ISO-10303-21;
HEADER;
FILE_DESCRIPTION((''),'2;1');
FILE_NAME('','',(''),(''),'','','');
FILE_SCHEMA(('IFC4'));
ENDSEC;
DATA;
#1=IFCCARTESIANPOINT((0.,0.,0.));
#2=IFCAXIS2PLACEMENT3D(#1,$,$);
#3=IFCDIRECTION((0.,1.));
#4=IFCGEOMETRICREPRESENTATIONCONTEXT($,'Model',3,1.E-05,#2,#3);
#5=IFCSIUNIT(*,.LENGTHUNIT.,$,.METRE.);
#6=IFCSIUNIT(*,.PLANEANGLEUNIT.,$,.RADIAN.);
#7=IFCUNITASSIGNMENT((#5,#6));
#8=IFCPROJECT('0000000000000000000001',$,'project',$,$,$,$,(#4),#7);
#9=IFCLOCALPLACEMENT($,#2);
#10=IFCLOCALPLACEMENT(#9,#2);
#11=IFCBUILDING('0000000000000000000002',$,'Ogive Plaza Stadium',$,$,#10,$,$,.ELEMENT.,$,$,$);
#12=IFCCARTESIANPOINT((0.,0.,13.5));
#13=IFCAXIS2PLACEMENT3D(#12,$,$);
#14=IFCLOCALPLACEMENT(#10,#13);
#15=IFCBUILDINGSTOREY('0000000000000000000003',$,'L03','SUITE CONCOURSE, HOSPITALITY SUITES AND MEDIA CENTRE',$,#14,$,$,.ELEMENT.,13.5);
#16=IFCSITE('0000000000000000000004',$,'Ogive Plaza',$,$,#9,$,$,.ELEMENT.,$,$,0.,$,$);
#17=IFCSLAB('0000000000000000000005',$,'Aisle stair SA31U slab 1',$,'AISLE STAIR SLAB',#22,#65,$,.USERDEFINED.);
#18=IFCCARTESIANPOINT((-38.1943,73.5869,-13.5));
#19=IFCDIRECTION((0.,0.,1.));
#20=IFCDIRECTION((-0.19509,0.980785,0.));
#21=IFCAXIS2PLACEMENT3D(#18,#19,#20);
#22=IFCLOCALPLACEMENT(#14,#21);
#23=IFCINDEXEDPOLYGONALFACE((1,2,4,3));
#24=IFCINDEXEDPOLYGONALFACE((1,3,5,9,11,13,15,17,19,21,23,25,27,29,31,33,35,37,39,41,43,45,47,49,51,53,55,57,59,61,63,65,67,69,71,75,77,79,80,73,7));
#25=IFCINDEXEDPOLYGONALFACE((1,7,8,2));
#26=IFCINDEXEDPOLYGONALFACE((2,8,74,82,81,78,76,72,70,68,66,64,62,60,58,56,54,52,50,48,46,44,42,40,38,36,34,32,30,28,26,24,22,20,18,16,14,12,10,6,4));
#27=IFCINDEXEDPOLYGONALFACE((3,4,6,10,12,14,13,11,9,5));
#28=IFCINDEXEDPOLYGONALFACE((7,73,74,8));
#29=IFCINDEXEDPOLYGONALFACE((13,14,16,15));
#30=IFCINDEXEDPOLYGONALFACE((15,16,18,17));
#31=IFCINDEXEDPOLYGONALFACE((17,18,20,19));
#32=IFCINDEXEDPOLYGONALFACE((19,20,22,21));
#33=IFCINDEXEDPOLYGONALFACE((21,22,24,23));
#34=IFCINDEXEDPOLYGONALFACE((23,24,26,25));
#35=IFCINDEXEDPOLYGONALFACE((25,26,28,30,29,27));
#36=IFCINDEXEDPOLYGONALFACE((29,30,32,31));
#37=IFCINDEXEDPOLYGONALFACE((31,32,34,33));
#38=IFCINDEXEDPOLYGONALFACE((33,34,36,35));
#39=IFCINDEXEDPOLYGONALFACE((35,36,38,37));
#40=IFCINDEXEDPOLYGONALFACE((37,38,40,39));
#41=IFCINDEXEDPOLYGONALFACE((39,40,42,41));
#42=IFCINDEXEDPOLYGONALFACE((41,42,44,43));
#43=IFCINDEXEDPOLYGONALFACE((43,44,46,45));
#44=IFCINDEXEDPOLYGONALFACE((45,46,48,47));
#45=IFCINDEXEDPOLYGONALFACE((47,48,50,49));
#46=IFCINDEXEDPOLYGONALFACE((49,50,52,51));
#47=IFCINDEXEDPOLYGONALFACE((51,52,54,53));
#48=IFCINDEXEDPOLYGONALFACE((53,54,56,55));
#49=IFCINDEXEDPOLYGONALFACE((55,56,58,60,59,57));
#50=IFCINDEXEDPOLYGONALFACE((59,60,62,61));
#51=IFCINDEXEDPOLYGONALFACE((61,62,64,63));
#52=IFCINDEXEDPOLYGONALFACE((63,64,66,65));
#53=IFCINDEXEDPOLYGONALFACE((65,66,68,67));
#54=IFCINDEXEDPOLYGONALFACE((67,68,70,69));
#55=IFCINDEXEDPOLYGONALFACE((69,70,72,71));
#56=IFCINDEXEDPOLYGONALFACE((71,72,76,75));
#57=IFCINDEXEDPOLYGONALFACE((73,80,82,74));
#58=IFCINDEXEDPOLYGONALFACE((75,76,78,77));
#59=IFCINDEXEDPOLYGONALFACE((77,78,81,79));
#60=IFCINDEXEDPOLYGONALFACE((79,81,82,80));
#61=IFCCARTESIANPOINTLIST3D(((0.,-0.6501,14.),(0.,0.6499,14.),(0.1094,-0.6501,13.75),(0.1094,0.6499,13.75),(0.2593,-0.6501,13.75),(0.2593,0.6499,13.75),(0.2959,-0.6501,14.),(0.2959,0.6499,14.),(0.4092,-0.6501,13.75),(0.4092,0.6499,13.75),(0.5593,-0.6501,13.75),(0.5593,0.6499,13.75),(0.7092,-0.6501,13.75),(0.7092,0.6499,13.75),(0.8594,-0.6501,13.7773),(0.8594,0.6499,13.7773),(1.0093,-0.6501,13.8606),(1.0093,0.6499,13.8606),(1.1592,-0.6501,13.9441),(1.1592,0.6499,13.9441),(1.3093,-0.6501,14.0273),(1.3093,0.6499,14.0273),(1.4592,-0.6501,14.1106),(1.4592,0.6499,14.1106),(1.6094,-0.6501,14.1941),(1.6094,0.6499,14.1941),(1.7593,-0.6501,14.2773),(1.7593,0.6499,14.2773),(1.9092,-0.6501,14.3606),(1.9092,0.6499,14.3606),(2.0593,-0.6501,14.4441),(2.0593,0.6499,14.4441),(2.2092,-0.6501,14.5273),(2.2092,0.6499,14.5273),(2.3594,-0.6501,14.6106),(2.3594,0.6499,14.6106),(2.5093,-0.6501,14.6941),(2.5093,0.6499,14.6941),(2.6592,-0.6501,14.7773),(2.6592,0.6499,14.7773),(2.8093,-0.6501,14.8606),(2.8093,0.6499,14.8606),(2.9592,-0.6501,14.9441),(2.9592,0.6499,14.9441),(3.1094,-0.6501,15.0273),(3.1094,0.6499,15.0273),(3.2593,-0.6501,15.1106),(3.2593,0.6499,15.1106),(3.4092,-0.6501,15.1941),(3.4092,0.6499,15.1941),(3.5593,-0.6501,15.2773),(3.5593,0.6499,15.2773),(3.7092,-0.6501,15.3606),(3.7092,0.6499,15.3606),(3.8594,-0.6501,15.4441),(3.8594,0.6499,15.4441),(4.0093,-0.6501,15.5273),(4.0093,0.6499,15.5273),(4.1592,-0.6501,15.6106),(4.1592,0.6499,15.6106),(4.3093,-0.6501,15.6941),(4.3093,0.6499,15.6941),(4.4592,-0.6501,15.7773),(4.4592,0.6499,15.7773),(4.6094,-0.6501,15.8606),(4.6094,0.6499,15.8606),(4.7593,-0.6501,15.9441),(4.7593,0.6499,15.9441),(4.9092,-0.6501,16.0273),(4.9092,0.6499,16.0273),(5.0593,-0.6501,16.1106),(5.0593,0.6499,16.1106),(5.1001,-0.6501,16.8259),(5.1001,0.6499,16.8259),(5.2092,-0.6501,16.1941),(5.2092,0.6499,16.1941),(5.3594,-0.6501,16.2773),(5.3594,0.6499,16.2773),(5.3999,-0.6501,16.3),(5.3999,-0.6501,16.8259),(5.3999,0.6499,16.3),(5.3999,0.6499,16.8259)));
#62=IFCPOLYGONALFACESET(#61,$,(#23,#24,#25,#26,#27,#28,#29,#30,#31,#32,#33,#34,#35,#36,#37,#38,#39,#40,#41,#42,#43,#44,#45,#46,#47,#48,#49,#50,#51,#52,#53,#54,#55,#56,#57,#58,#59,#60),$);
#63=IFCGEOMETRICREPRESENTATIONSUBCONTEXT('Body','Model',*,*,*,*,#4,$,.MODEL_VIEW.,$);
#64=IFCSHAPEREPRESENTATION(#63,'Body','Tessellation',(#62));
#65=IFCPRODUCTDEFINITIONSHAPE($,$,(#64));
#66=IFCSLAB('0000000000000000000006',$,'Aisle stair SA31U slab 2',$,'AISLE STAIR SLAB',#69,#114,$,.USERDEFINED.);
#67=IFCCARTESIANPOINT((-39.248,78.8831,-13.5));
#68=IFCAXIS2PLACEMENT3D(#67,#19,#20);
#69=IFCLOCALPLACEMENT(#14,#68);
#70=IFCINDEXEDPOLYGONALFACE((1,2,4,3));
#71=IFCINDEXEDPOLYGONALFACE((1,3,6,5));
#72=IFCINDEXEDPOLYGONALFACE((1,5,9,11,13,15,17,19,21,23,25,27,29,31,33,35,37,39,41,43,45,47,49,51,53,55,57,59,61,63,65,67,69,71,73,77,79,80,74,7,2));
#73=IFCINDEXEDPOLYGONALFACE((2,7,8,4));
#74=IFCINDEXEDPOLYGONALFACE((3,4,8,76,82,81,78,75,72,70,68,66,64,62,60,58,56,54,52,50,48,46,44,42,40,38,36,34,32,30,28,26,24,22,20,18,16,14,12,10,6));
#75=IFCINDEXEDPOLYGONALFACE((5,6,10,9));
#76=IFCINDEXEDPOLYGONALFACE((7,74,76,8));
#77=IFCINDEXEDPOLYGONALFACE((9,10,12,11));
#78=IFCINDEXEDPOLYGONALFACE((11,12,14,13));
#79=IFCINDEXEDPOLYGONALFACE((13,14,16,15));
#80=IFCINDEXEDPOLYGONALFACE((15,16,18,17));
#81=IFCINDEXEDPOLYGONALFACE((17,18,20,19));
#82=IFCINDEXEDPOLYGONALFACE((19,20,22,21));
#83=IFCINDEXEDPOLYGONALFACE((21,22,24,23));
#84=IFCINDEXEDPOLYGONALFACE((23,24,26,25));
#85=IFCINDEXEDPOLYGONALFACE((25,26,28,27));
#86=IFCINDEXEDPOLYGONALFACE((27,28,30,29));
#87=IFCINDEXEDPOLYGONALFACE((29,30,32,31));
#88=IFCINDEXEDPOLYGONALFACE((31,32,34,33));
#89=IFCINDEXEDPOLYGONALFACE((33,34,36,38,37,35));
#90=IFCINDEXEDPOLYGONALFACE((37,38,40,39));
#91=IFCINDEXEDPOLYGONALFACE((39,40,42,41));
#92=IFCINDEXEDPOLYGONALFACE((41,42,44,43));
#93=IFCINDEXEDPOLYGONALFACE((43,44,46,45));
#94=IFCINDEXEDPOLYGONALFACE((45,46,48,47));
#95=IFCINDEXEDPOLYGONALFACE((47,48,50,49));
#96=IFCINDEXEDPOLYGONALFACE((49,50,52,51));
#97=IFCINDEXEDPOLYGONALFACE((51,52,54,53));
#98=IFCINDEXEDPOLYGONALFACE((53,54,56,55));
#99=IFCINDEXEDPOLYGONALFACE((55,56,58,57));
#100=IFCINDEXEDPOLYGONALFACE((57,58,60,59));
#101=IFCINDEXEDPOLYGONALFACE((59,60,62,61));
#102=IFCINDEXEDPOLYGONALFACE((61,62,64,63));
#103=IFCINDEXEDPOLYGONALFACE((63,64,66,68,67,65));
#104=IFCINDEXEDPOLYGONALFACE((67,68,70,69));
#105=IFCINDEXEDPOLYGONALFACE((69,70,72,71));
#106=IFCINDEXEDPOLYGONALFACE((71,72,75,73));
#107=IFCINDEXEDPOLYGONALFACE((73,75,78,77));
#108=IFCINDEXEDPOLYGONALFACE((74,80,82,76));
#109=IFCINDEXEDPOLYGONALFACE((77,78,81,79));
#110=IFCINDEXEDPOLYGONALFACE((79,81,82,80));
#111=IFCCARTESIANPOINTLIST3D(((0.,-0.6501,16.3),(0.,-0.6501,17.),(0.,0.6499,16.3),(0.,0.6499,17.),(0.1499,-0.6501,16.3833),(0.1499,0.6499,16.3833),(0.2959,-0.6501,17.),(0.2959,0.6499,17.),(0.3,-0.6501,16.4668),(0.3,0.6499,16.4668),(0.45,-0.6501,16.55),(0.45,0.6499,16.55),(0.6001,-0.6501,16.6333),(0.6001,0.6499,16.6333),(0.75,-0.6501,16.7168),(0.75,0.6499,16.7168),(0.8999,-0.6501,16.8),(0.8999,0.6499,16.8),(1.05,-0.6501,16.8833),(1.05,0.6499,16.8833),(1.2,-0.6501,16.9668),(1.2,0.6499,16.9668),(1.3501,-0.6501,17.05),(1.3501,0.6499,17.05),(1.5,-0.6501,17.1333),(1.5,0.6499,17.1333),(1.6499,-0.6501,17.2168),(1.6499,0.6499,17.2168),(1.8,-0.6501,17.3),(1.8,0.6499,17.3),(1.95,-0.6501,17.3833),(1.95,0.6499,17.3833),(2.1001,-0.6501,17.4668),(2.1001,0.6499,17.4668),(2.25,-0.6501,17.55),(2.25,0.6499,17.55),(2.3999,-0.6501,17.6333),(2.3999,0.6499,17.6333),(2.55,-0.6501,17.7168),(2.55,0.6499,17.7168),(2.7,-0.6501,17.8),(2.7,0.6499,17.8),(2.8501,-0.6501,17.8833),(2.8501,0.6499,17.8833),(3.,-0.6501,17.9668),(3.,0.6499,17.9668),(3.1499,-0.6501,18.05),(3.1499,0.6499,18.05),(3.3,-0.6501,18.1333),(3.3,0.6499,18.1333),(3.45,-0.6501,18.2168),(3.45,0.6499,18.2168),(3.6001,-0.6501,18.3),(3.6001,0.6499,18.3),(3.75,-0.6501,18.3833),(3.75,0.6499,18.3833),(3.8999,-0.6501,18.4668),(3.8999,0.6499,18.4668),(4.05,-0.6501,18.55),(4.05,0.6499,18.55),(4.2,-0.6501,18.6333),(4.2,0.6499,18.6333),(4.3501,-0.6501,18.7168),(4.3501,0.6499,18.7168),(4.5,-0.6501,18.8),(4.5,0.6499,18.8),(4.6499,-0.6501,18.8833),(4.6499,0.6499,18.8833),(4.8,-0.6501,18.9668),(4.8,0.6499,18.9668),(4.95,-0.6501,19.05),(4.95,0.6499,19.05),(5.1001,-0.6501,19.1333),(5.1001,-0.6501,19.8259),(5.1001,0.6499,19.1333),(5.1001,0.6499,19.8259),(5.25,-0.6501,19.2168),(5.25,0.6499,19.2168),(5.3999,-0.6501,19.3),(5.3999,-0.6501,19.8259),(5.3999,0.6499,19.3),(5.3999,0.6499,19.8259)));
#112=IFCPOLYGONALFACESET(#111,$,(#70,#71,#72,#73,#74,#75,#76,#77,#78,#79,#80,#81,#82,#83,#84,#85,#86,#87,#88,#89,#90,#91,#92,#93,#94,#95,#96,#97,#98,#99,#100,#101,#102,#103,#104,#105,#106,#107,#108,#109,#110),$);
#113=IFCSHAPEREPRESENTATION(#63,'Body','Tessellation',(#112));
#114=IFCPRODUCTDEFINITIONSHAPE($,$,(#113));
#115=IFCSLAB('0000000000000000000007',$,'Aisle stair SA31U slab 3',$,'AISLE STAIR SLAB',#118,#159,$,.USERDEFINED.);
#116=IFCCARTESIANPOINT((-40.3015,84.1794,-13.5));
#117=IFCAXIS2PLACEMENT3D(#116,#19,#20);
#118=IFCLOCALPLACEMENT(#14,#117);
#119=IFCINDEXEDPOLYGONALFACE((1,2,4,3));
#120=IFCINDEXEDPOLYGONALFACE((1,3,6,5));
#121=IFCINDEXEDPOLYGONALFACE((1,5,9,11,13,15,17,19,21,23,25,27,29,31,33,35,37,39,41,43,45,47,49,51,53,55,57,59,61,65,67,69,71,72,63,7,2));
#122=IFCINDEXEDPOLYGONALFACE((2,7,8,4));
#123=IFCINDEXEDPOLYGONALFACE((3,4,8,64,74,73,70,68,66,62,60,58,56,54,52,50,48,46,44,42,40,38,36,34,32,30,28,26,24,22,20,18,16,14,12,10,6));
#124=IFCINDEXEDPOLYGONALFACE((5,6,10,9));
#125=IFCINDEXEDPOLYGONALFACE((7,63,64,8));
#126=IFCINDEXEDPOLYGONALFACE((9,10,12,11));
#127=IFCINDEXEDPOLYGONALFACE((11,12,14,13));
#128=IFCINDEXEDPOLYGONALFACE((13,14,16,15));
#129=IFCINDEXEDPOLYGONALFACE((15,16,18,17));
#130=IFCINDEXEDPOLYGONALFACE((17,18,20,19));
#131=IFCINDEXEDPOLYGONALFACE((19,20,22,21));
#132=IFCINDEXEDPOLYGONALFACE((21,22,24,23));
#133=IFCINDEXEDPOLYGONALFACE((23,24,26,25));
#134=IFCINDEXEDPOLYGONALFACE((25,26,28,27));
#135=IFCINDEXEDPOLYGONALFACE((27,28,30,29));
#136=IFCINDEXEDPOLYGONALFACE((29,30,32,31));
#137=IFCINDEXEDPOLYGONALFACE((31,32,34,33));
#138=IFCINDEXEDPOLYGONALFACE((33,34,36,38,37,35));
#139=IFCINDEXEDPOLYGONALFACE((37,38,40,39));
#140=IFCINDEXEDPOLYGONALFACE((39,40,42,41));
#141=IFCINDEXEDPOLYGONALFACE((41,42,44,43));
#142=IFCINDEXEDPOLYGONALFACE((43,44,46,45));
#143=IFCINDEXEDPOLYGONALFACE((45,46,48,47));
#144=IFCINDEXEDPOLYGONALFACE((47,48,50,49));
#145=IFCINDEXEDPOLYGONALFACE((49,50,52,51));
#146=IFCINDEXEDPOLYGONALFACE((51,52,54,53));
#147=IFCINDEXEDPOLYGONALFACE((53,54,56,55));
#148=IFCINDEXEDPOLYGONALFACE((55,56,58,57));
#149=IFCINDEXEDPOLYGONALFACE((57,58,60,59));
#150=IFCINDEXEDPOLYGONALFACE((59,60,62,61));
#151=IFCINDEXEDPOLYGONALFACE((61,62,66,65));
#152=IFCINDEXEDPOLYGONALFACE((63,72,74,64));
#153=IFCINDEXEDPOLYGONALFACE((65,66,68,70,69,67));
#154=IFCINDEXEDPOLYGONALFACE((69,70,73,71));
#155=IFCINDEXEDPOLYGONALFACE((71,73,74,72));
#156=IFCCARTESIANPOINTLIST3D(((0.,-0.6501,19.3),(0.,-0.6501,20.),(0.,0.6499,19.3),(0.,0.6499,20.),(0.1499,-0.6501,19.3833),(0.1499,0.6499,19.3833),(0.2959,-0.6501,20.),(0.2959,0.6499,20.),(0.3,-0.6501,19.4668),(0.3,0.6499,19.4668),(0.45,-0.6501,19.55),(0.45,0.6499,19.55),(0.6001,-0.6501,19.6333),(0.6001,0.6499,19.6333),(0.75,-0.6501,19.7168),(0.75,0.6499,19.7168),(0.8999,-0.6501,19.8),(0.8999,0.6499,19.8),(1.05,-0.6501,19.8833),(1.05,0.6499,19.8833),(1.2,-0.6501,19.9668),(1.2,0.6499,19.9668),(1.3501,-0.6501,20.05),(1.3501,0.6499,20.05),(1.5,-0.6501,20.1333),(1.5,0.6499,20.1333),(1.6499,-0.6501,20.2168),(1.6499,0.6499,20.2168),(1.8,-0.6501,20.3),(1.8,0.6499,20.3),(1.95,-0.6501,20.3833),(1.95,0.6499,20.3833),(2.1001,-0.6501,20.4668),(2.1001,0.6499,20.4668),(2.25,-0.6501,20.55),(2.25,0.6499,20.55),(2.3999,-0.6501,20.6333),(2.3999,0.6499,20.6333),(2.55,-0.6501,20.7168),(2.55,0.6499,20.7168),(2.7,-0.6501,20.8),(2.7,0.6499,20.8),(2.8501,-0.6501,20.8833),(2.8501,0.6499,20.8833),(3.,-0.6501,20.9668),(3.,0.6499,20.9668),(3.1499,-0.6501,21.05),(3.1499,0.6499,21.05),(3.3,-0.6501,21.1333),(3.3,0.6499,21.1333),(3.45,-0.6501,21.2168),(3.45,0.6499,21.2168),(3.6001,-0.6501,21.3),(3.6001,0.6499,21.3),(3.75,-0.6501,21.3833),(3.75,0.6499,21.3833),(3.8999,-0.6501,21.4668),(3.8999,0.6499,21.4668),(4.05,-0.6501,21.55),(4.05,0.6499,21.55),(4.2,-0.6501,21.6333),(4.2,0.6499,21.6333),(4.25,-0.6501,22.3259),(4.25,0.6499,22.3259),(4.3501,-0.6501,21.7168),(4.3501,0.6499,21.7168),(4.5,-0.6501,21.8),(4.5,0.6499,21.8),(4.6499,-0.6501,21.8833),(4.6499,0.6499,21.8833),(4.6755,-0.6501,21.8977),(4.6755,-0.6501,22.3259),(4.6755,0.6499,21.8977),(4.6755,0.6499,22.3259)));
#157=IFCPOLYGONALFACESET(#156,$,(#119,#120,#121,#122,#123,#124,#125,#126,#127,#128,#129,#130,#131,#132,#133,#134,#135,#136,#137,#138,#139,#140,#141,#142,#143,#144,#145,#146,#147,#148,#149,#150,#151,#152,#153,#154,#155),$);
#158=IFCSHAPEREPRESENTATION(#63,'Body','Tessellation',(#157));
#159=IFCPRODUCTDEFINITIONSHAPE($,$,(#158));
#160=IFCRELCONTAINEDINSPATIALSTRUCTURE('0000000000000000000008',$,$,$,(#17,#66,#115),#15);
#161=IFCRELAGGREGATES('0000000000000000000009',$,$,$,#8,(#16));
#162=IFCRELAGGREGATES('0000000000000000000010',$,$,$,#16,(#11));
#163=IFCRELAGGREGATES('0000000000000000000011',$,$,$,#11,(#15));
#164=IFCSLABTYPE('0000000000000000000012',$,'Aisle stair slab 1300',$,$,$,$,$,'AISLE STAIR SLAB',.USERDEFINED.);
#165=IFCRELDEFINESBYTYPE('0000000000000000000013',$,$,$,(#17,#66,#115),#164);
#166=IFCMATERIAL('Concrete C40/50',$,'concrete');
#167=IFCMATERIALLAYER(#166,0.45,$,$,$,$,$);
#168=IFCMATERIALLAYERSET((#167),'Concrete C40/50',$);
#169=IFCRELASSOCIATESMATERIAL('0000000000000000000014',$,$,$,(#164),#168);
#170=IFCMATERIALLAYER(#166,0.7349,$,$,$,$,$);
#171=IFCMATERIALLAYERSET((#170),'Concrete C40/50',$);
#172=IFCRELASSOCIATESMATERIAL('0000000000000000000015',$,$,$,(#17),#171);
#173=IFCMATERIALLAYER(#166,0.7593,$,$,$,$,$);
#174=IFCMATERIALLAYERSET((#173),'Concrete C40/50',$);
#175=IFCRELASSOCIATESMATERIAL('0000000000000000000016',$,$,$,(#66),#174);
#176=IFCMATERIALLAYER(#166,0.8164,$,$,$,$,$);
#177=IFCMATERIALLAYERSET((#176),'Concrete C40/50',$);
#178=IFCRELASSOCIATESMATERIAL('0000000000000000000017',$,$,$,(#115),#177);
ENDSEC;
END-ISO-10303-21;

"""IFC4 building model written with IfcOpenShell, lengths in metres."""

from ifc_helpers import new_model, si_unit, direction, frame, origin, place, context, subcontext, project, spatial, polyline, outline, extrude, material, layer, layer_set, type_object, element, save


model = new_model("IFC4")

# Units and contexts
model_context = context("Model", 3, precision=1e-05, world=origin(), true_north=direction((0.0, 1.0)))
body_context = subcontext(model_context, "Body", "Model", "MODEL_VIEW")
ifc_project = project(units=[si_unit("LENGTHUNIT", "METRE"), si_unit("PLANEANGLEUNIT", "RADIAN")], contexts=[model_context])

# Site, building, storey
site_placement = place(None, origin())
site = spatial("IfcSite", under=ifc_project, at=site_placement, Name="Ogive Plaza", CompositionType="ELEMENT", RefElevation=0.0)
building_placement = place(site_placement, origin())
building = spatial("IfcBuilding", under=site, at=building_placement, Name="Ogive Plaza Stadium", CompositionType="ELEMENT")
storey_placement = place(building_placement, frame((0.0, 0.0, 13.5)))
storey = spatial("IfcBuildingStorey", under=building, at=storey_placement, Name="L03", Description="SUITE CONCOURSE, HOSPITALITY SUITES AND MEDIA CENTRE", CompositionType="ELEMENT", Elevation=13.5)

# Slabs
ifc_material_1 = material(Name="Concrete C40/50", Category="concrete")
ifc_layer_1 = layer(ifc_material_1, 0.7349)
ifc_layer_set_1 = layer_set([ifc_layer_1], Name="Concrete C40/50")
ifc_layer_2 = layer(ifc_material_1, 0.45)
ifc_layer_set_2 = layer_set([ifc_layer_2], Name="Concrete C40/50")
slab_type = type_object("IfcSlabType", Name="Aisle stair slab 1300", ElementType="AISLE STAIR SLAB", PredefinedType="USERDEFINED", material=ifc_layer_set_2)
slab_1_placement = place(storey_placement, frame((-38.1943, 73.5869, -13.5), z_axis=(0.0, 0.0, 1.0), x_axis=(-0.19509, 0.980785, 0.0)))
element("IfcSlab", 1, at=slab_1_placement, inside=storey, type_object=slab_type, material=ifc_layer_set_1, Name="Aisle stair SA31U slab 1", ObjectType="AISLE STAIR SLAB", PredefinedType="USERDEFINED", context=body_context, shape_type="SweptSolid", body=[
    extrude(outline(polyline([(0.0, 14.0), (0.2959, 14.0), (5.1001, 16.8259), (5.3999, 16.8259), (5.3999, 16.3), (5.3594, 16.2773), (5.2092, 16.1941), (5.0593, 16.1106), (4.9092, 16.0273), (4.7593, 15.9441), (4.6094, 15.8606), (4.4592, 15.7773), (4.3093, 15.6941), (4.1592, 15.6106), (4.0093, 15.5273), (3.8594, 15.4441), (3.7092, 15.3606), (3.5593, 15.2773), (3.4092, 15.1941), (3.2593, 15.1106), (3.1094, 15.0273), (2.9592, 14.9441), (2.8093, 14.8606), (2.6592, 14.7773), (2.5093, 14.6941), (2.3594, 14.6106), (2.2092, 14.5273), (2.0593, 14.4441), (1.9092, 14.3606), (1.7593, 14.2773), (1.6094, 14.1941), (1.4592, 14.1106), (1.3093, 14.0273), (1.1592, 13.9441), (1.0093, 13.8606), (0.8594, 13.7773), (0.7092, 13.75), (0.5593, 13.75), (0.4092, 13.75), (0.2593, 13.75), (0.1094, 13.75), (0.0, 14.0)])), frame((0.0, 0.6499, 0.0), z_axis=(0.0, -1.0, 0.0), x_axis=(1.0, 0.0, 0.0)), (0.0, 0.0, 1.0), 1.3),
])
ifc_layer_3 = layer(ifc_material_1, 0.7593)
ifc_layer_set_3 = layer_set([ifc_layer_3], Name="Concrete C40/50")
slab_2_placement = place(storey_placement, frame((-39.248, 78.8831, -13.5), z_axis=(0.0, 0.0, 1.0), x_axis=(-0.19509, 0.980785, 0.0)))
element("IfcSlab", 2, at=slab_2_placement, inside=storey, type_object=slab_type, material=ifc_layer_set_3, Name="Aisle stair SA31U slab 2", ObjectType="AISLE STAIR SLAB", PredefinedType="USERDEFINED", context=body_context, shape_type="SweptSolid", body=[
    extrude(outline(polyline([(0.0, 17.0), (0.2959, 17.0), (5.1001, 19.8259), (5.3999, 19.8259), (5.3999, 19.3), (5.25, 19.2168), (5.1001, 19.1333), (4.95, 19.05), (4.8, 18.9668), (4.6499, 18.8833), (4.5, 18.8), (4.3501, 18.7168), (4.2, 18.6333), (4.05, 18.55), (3.8999, 18.4668), (3.75, 18.3833), (3.6001, 18.3), (3.45, 18.2168), (3.3, 18.1333), (3.1499, 18.05), (3.0, 17.9668), (2.8501, 17.8833), (2.7, 17.8), (2.55, 17.7168), (2.3999, 17.6333), (2.25, 17.55), (2.1001, 17.4668), (1.95, 17.3833), (1.8, 17.3), (1.6499, 17.2168), (1.5, 17.1333), (1.3501, 17.05), (1.2, 16.9668), (1.05, 16.8833), (0.8999, 16.8), (0.75, 16.7168), (0.6001, 16.6333), (0.45, 16.55), (0.3, 16.4668), (0.1499, 16.3833), (0.0, 16.3), (0.0, 17.0)])), frame((0.0, 0.6499, 0.0), z_axis=(0.0, -1.0, 0.0), x_axis=(1.0, 0.0, 0.0)), (0.0, 0.0, 1.0), 1.3),
])
ifc_layer_4 = layer(ifc_material_1, 0.8164)
ifc_layer_set_4 = layer_set([ifc_layer_4], Name="Concrete C40/50")
slab_3_placement = place(storey_placement, frame((-40.3015, 84.1794, -13.5), z_axis=(0.0, 0.0, 1.0), x_axis=(-0.19509, 0.980785, 0.0)))
element("IfcSlab", 3, at=slab_3_placement, inside=storey, type_object=slab_type, material=ifc_layer_set_4, Name="Aisle stair SA31U slab 3", ObjectType="AISLE STAIR SLAB", PredefinedType="USERDEFINED", context=body_context, shape_type="SweptSolid", body=[
    extrude(outline(polyline([(0.0, 20.0), (0.2959, 20.0), (4.25, 22.3259), (4.6755, 22.3259), (4.6755, 21.8977), (4.6499, 21.8833), (4.5, 21.8), (4.3501, 21.7168), (4.2, 21.6333), (4.05, 21.55), (3.8999, 21.4668), (3.75, 21.3833), (3.6001, 21.3), (3.45, 21.2168), (3.3, 21.1333), (3.1499, 21.05), (3.0, 20.9668), (2.8501, 20.8833), (2.7, 20.8), (2.55, 20.7168), (2.3999, 20.6333), (2.25, 20.55), (2.1001, 20.4668), (1.95, 20.3833), (1.8, 20.3), (1.6499, 20.2168), (1.5, 20.1333), (1.3501, 20.05), (1.2, 19.9668), (1.05, 19.8833), (0.8999, 19.8), (0.75, 19.7168), (0.6001, 19.6333), (0.45, 19.55), (0.3, 19.4668), (0.1499, 19.3833), (0.0, 19.3), (0.0, 20.0)])), frame((0.0, 0.6499, 0.0), z_axis=(0.0, -1.0, 0.0), x_axis=(1.0, 0.0, 0.0)), (0.0, 0.0, 1.0), 1.3),
])

save(model, "model.ifc")
